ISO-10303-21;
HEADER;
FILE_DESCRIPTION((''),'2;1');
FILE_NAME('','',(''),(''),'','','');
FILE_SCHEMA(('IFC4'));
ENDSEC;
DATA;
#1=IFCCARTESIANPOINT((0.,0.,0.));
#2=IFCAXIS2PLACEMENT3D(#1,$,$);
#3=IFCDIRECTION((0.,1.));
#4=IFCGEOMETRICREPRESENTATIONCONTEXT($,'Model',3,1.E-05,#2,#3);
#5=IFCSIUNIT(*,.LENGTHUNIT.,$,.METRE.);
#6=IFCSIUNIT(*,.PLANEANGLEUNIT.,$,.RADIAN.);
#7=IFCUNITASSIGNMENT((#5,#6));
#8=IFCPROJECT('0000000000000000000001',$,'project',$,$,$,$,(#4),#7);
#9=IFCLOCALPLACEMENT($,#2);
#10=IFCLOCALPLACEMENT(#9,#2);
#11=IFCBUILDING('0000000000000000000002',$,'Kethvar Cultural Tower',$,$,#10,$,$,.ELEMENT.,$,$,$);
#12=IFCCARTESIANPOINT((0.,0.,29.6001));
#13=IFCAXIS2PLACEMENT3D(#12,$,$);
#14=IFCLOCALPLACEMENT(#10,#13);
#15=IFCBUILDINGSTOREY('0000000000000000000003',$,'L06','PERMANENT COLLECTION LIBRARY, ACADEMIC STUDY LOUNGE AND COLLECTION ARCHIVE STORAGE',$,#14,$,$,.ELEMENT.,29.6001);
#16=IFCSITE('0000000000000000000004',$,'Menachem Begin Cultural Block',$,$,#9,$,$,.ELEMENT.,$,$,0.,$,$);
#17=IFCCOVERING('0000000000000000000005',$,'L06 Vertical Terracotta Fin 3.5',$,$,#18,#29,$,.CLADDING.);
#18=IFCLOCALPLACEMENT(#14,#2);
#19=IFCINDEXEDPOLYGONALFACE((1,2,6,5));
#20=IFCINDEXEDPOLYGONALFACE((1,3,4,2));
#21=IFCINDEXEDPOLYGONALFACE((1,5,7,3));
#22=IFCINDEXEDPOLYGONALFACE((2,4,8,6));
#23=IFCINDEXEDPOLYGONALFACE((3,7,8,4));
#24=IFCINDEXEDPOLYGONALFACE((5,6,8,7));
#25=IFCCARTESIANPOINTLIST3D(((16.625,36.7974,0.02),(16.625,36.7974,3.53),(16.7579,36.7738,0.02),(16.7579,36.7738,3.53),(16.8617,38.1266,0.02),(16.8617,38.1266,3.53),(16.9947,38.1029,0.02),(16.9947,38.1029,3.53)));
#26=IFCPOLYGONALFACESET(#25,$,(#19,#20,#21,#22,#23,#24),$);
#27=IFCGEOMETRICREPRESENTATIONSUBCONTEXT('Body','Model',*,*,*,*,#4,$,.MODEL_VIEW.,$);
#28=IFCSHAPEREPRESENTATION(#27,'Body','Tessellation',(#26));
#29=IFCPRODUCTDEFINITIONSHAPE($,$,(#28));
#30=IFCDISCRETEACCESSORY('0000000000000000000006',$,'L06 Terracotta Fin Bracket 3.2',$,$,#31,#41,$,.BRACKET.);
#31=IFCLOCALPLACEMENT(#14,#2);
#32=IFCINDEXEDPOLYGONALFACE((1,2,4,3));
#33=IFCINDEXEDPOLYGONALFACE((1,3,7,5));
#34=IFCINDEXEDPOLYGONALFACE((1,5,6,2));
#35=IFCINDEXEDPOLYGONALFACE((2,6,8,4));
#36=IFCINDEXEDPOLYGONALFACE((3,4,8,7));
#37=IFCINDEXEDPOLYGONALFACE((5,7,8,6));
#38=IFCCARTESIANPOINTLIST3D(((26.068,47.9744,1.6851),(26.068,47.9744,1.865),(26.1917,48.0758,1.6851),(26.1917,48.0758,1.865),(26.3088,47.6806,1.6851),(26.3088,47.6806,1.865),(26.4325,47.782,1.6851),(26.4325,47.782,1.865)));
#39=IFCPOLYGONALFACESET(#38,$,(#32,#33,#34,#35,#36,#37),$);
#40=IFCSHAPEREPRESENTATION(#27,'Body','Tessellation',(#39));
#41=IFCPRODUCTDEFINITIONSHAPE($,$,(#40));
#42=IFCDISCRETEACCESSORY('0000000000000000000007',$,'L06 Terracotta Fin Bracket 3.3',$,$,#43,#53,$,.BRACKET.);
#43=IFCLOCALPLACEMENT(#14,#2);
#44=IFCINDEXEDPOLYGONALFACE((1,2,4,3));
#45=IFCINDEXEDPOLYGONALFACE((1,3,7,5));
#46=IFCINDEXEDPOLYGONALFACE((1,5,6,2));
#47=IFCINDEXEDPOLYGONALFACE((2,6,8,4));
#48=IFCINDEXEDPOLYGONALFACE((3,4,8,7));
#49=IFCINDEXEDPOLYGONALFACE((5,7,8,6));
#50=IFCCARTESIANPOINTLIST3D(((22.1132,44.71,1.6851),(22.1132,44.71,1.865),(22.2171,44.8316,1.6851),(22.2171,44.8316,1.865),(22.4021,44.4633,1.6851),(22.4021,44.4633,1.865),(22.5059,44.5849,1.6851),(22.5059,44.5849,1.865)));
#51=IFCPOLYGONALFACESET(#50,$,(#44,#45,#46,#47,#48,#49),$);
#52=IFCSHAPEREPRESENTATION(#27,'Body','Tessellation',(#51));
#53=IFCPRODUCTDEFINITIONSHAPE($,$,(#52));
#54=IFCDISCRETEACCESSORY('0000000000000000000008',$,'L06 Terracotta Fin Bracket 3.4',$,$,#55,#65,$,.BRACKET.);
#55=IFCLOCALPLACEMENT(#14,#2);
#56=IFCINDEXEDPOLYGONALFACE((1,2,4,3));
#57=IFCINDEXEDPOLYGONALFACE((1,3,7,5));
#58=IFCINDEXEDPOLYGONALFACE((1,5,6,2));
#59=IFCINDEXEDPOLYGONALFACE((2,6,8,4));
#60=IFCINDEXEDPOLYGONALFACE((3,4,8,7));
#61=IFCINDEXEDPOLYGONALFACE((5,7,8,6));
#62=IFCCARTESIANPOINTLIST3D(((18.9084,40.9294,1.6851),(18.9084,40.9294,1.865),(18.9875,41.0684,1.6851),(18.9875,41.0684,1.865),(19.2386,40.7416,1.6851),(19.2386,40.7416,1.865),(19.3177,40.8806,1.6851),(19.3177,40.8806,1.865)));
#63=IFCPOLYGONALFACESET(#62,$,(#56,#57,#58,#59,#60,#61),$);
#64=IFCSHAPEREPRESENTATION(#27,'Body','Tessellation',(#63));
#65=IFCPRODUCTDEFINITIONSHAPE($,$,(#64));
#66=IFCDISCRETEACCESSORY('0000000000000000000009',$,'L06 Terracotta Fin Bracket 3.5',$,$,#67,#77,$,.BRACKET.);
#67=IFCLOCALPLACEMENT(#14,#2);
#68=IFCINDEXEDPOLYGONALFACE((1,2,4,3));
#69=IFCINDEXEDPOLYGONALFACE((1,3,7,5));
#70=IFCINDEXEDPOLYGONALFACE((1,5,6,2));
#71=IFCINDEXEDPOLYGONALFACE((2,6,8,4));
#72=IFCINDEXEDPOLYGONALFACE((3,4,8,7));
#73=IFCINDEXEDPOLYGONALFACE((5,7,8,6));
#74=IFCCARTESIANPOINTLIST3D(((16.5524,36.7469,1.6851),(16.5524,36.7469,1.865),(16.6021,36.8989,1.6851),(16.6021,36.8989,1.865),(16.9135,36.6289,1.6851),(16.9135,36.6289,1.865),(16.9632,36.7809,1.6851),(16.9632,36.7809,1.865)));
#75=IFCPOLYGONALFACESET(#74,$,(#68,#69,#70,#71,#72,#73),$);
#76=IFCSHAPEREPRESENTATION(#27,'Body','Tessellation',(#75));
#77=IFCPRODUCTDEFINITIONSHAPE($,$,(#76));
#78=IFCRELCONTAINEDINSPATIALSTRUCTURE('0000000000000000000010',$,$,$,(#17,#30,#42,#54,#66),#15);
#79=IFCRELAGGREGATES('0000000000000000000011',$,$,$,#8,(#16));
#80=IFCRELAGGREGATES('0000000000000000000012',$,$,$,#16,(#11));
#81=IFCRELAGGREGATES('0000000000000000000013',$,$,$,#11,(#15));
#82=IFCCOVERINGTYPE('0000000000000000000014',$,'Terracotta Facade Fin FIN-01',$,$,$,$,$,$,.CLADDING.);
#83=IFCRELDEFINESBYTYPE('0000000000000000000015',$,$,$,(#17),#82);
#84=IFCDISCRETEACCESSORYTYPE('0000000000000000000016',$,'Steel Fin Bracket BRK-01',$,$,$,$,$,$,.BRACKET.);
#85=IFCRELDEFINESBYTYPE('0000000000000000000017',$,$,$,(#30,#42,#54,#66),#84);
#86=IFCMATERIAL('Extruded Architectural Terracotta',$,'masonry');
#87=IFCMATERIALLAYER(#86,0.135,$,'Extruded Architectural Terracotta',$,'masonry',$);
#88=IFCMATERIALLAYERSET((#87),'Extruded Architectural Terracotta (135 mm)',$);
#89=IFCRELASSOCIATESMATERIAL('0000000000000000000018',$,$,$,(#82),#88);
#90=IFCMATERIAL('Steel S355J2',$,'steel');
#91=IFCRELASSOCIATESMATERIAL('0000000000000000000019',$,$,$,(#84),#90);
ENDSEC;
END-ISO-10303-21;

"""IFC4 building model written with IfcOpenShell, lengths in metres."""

from ifc_helpers import new_model, si_unit, direction, frame, origin, origin_2d, place, context, subcontext, project, spatial, rectangle, extrude, source, transform, mapped, material, layer, layer_set, type_object, element, save


model = new_model("IFC4")

# Units and contexts
model_context = context("Model", 3, precision=1e-05, world=origin(), true_north=direction((0.0, 1.0)))
body_context = subcontext(model_context, "Body", "Model", "MODEL_VIEW")
ifc_project = project(units=[si_unit("LENGTHUNIT", "METRE"), si_unit("PLANEANGLEUNIT", "RADIAN")], contexts=[model_context])

# Site, building, storey
site_placement = place(None, origin())
site = spatial("IfcSite", under=ifc_project, at=site_placement, Name="Menachem Begin Cultural Block", CompositionType="ELEMENT", RefElevation=0.0)
building_placement = place(site_placement, origin())
building = spatial("IfcBuilding", under=site, at=building_placement, Name="Kethvar Cultural Tower", CompositionType="ELEMENT")
storey_placement = place(building_placement, frame((0.0, 0.0, 29.6001)))
storey = spatial("IfcBuildingStorey", under=building, at=storey_placement, Name="L06", Description="PERMANENT COLLECTION LIBRARY, ACADEMIC STUDY LOUNGE AND COLLECTION ARCHIVE STORAGE", CompositionType="ELEMENT", Elevation=29.6001)

# Shared definitions
ifc_material_1 = material(Name="Steel S355J2", Category="steel")

# Covering
ifc_material_2 = material(Name="Extruded Architectural Terracotta", Category="masonry")
ifc_layer_1 = layer(ifc_material_2, 0.135, Name="Extruded Architectural Terracotta", Category="masonry")
ifc_layer_set_1 = layer_set([ifc_layer_1], Name="Extruded Architectural Terracotta (135 mm)")
covering_type = type_object("IfcCoveringType", Name="Terracotta Facade Fin FIN-01", PredefinedType="CLADDING", material=ifc_layer_set_1)
shared_shape_1 = source(origin(), body_context, "Body", "SweptSolid", [
    extrude(rectangle(XDim=1.3501, YDim=0.135, at=origin_2d()), origin(), (0.0, 0.0, 1.0), 3.51),
])
for number, where, z_axis, x_axis, name in (
    (1, (16.8098, 37.4502, 0.02), (0.0, 0.0, 1.0), (0.175367, 0.984503, 0.0), "L06 Vertical Terracotta Fin 3.5"),
):
    element("IfcCovering", number, at=place(storey_placement, frame(where, z_axis=z_axis, x_axis=x_axis)), inside=storey, type_object=covering_type, Name=name, PredefinedType="CLADDING", context=body_context, shape_type="MappedRepresentation", body=[
        mapped(shared_shape_1, transform((0.0, 0.0, 0.0), scale=1.0)),
    ])

# Discrete accessories
discrete_accessory_type = type_object("IfcDiscreteAccessoryType", Name="Steel Fin Bracket BRK-01", PredefinedType="BRACKET", material=ifc_material_1)
shared_shape_2 = source(origin(), body_context, "Body", "SweptSolid", [
    extrude(rectangle(XDim=0.3799, YDim=0.1599, at=origin_2d()), origin(), (0.0, 0.0, 1.0), 0.1799),
])
for number, where, z_axis, x_axis, name in (
    (2, (26.2502, 47.8782, 1.6851), (0.0, 0.0, 1.0), (-0.633921, 0.773398, 0.0), "L06 Terracotta Fin Bracket 3.2"),
    (3, (22.3096, 44.6475, 1.6851), (0.0, 0.0, 1.0), (-0.760406, 0.649448, 0.0), "L06 Terracotta Fin Bracket 3.3"),
    (4, (19.113, 40.905, 1.6851), (0.0, 0.0, 1.0), (-0.869236, 0.494397, 0.0), "L06 Terracotta Fin Bracket 3.4"),
    (5, (16.7578, 36.7639, 1.6851), (0.0, 0.0, 1.0), (-0.950516, 0.310676, 0.0), "L06 Terracotta Fin Bracket 3.5"),
):
    element("IfcDiscreteAccessory", number, at=place(storey_placement, frame(where, z_axis=z_axis, x_axis=x_axis)), inside=storey, type_object=discrete_accessory_type, Name=name, PredefinedType="BRACKET", context=body_context, shape_type="MappedRepresentation", body=[
        mapped(shared_shape_2, transform((0.0, 0.0, 0.0), scale=1.0)),
    ])

save(model, "model.ifc")
